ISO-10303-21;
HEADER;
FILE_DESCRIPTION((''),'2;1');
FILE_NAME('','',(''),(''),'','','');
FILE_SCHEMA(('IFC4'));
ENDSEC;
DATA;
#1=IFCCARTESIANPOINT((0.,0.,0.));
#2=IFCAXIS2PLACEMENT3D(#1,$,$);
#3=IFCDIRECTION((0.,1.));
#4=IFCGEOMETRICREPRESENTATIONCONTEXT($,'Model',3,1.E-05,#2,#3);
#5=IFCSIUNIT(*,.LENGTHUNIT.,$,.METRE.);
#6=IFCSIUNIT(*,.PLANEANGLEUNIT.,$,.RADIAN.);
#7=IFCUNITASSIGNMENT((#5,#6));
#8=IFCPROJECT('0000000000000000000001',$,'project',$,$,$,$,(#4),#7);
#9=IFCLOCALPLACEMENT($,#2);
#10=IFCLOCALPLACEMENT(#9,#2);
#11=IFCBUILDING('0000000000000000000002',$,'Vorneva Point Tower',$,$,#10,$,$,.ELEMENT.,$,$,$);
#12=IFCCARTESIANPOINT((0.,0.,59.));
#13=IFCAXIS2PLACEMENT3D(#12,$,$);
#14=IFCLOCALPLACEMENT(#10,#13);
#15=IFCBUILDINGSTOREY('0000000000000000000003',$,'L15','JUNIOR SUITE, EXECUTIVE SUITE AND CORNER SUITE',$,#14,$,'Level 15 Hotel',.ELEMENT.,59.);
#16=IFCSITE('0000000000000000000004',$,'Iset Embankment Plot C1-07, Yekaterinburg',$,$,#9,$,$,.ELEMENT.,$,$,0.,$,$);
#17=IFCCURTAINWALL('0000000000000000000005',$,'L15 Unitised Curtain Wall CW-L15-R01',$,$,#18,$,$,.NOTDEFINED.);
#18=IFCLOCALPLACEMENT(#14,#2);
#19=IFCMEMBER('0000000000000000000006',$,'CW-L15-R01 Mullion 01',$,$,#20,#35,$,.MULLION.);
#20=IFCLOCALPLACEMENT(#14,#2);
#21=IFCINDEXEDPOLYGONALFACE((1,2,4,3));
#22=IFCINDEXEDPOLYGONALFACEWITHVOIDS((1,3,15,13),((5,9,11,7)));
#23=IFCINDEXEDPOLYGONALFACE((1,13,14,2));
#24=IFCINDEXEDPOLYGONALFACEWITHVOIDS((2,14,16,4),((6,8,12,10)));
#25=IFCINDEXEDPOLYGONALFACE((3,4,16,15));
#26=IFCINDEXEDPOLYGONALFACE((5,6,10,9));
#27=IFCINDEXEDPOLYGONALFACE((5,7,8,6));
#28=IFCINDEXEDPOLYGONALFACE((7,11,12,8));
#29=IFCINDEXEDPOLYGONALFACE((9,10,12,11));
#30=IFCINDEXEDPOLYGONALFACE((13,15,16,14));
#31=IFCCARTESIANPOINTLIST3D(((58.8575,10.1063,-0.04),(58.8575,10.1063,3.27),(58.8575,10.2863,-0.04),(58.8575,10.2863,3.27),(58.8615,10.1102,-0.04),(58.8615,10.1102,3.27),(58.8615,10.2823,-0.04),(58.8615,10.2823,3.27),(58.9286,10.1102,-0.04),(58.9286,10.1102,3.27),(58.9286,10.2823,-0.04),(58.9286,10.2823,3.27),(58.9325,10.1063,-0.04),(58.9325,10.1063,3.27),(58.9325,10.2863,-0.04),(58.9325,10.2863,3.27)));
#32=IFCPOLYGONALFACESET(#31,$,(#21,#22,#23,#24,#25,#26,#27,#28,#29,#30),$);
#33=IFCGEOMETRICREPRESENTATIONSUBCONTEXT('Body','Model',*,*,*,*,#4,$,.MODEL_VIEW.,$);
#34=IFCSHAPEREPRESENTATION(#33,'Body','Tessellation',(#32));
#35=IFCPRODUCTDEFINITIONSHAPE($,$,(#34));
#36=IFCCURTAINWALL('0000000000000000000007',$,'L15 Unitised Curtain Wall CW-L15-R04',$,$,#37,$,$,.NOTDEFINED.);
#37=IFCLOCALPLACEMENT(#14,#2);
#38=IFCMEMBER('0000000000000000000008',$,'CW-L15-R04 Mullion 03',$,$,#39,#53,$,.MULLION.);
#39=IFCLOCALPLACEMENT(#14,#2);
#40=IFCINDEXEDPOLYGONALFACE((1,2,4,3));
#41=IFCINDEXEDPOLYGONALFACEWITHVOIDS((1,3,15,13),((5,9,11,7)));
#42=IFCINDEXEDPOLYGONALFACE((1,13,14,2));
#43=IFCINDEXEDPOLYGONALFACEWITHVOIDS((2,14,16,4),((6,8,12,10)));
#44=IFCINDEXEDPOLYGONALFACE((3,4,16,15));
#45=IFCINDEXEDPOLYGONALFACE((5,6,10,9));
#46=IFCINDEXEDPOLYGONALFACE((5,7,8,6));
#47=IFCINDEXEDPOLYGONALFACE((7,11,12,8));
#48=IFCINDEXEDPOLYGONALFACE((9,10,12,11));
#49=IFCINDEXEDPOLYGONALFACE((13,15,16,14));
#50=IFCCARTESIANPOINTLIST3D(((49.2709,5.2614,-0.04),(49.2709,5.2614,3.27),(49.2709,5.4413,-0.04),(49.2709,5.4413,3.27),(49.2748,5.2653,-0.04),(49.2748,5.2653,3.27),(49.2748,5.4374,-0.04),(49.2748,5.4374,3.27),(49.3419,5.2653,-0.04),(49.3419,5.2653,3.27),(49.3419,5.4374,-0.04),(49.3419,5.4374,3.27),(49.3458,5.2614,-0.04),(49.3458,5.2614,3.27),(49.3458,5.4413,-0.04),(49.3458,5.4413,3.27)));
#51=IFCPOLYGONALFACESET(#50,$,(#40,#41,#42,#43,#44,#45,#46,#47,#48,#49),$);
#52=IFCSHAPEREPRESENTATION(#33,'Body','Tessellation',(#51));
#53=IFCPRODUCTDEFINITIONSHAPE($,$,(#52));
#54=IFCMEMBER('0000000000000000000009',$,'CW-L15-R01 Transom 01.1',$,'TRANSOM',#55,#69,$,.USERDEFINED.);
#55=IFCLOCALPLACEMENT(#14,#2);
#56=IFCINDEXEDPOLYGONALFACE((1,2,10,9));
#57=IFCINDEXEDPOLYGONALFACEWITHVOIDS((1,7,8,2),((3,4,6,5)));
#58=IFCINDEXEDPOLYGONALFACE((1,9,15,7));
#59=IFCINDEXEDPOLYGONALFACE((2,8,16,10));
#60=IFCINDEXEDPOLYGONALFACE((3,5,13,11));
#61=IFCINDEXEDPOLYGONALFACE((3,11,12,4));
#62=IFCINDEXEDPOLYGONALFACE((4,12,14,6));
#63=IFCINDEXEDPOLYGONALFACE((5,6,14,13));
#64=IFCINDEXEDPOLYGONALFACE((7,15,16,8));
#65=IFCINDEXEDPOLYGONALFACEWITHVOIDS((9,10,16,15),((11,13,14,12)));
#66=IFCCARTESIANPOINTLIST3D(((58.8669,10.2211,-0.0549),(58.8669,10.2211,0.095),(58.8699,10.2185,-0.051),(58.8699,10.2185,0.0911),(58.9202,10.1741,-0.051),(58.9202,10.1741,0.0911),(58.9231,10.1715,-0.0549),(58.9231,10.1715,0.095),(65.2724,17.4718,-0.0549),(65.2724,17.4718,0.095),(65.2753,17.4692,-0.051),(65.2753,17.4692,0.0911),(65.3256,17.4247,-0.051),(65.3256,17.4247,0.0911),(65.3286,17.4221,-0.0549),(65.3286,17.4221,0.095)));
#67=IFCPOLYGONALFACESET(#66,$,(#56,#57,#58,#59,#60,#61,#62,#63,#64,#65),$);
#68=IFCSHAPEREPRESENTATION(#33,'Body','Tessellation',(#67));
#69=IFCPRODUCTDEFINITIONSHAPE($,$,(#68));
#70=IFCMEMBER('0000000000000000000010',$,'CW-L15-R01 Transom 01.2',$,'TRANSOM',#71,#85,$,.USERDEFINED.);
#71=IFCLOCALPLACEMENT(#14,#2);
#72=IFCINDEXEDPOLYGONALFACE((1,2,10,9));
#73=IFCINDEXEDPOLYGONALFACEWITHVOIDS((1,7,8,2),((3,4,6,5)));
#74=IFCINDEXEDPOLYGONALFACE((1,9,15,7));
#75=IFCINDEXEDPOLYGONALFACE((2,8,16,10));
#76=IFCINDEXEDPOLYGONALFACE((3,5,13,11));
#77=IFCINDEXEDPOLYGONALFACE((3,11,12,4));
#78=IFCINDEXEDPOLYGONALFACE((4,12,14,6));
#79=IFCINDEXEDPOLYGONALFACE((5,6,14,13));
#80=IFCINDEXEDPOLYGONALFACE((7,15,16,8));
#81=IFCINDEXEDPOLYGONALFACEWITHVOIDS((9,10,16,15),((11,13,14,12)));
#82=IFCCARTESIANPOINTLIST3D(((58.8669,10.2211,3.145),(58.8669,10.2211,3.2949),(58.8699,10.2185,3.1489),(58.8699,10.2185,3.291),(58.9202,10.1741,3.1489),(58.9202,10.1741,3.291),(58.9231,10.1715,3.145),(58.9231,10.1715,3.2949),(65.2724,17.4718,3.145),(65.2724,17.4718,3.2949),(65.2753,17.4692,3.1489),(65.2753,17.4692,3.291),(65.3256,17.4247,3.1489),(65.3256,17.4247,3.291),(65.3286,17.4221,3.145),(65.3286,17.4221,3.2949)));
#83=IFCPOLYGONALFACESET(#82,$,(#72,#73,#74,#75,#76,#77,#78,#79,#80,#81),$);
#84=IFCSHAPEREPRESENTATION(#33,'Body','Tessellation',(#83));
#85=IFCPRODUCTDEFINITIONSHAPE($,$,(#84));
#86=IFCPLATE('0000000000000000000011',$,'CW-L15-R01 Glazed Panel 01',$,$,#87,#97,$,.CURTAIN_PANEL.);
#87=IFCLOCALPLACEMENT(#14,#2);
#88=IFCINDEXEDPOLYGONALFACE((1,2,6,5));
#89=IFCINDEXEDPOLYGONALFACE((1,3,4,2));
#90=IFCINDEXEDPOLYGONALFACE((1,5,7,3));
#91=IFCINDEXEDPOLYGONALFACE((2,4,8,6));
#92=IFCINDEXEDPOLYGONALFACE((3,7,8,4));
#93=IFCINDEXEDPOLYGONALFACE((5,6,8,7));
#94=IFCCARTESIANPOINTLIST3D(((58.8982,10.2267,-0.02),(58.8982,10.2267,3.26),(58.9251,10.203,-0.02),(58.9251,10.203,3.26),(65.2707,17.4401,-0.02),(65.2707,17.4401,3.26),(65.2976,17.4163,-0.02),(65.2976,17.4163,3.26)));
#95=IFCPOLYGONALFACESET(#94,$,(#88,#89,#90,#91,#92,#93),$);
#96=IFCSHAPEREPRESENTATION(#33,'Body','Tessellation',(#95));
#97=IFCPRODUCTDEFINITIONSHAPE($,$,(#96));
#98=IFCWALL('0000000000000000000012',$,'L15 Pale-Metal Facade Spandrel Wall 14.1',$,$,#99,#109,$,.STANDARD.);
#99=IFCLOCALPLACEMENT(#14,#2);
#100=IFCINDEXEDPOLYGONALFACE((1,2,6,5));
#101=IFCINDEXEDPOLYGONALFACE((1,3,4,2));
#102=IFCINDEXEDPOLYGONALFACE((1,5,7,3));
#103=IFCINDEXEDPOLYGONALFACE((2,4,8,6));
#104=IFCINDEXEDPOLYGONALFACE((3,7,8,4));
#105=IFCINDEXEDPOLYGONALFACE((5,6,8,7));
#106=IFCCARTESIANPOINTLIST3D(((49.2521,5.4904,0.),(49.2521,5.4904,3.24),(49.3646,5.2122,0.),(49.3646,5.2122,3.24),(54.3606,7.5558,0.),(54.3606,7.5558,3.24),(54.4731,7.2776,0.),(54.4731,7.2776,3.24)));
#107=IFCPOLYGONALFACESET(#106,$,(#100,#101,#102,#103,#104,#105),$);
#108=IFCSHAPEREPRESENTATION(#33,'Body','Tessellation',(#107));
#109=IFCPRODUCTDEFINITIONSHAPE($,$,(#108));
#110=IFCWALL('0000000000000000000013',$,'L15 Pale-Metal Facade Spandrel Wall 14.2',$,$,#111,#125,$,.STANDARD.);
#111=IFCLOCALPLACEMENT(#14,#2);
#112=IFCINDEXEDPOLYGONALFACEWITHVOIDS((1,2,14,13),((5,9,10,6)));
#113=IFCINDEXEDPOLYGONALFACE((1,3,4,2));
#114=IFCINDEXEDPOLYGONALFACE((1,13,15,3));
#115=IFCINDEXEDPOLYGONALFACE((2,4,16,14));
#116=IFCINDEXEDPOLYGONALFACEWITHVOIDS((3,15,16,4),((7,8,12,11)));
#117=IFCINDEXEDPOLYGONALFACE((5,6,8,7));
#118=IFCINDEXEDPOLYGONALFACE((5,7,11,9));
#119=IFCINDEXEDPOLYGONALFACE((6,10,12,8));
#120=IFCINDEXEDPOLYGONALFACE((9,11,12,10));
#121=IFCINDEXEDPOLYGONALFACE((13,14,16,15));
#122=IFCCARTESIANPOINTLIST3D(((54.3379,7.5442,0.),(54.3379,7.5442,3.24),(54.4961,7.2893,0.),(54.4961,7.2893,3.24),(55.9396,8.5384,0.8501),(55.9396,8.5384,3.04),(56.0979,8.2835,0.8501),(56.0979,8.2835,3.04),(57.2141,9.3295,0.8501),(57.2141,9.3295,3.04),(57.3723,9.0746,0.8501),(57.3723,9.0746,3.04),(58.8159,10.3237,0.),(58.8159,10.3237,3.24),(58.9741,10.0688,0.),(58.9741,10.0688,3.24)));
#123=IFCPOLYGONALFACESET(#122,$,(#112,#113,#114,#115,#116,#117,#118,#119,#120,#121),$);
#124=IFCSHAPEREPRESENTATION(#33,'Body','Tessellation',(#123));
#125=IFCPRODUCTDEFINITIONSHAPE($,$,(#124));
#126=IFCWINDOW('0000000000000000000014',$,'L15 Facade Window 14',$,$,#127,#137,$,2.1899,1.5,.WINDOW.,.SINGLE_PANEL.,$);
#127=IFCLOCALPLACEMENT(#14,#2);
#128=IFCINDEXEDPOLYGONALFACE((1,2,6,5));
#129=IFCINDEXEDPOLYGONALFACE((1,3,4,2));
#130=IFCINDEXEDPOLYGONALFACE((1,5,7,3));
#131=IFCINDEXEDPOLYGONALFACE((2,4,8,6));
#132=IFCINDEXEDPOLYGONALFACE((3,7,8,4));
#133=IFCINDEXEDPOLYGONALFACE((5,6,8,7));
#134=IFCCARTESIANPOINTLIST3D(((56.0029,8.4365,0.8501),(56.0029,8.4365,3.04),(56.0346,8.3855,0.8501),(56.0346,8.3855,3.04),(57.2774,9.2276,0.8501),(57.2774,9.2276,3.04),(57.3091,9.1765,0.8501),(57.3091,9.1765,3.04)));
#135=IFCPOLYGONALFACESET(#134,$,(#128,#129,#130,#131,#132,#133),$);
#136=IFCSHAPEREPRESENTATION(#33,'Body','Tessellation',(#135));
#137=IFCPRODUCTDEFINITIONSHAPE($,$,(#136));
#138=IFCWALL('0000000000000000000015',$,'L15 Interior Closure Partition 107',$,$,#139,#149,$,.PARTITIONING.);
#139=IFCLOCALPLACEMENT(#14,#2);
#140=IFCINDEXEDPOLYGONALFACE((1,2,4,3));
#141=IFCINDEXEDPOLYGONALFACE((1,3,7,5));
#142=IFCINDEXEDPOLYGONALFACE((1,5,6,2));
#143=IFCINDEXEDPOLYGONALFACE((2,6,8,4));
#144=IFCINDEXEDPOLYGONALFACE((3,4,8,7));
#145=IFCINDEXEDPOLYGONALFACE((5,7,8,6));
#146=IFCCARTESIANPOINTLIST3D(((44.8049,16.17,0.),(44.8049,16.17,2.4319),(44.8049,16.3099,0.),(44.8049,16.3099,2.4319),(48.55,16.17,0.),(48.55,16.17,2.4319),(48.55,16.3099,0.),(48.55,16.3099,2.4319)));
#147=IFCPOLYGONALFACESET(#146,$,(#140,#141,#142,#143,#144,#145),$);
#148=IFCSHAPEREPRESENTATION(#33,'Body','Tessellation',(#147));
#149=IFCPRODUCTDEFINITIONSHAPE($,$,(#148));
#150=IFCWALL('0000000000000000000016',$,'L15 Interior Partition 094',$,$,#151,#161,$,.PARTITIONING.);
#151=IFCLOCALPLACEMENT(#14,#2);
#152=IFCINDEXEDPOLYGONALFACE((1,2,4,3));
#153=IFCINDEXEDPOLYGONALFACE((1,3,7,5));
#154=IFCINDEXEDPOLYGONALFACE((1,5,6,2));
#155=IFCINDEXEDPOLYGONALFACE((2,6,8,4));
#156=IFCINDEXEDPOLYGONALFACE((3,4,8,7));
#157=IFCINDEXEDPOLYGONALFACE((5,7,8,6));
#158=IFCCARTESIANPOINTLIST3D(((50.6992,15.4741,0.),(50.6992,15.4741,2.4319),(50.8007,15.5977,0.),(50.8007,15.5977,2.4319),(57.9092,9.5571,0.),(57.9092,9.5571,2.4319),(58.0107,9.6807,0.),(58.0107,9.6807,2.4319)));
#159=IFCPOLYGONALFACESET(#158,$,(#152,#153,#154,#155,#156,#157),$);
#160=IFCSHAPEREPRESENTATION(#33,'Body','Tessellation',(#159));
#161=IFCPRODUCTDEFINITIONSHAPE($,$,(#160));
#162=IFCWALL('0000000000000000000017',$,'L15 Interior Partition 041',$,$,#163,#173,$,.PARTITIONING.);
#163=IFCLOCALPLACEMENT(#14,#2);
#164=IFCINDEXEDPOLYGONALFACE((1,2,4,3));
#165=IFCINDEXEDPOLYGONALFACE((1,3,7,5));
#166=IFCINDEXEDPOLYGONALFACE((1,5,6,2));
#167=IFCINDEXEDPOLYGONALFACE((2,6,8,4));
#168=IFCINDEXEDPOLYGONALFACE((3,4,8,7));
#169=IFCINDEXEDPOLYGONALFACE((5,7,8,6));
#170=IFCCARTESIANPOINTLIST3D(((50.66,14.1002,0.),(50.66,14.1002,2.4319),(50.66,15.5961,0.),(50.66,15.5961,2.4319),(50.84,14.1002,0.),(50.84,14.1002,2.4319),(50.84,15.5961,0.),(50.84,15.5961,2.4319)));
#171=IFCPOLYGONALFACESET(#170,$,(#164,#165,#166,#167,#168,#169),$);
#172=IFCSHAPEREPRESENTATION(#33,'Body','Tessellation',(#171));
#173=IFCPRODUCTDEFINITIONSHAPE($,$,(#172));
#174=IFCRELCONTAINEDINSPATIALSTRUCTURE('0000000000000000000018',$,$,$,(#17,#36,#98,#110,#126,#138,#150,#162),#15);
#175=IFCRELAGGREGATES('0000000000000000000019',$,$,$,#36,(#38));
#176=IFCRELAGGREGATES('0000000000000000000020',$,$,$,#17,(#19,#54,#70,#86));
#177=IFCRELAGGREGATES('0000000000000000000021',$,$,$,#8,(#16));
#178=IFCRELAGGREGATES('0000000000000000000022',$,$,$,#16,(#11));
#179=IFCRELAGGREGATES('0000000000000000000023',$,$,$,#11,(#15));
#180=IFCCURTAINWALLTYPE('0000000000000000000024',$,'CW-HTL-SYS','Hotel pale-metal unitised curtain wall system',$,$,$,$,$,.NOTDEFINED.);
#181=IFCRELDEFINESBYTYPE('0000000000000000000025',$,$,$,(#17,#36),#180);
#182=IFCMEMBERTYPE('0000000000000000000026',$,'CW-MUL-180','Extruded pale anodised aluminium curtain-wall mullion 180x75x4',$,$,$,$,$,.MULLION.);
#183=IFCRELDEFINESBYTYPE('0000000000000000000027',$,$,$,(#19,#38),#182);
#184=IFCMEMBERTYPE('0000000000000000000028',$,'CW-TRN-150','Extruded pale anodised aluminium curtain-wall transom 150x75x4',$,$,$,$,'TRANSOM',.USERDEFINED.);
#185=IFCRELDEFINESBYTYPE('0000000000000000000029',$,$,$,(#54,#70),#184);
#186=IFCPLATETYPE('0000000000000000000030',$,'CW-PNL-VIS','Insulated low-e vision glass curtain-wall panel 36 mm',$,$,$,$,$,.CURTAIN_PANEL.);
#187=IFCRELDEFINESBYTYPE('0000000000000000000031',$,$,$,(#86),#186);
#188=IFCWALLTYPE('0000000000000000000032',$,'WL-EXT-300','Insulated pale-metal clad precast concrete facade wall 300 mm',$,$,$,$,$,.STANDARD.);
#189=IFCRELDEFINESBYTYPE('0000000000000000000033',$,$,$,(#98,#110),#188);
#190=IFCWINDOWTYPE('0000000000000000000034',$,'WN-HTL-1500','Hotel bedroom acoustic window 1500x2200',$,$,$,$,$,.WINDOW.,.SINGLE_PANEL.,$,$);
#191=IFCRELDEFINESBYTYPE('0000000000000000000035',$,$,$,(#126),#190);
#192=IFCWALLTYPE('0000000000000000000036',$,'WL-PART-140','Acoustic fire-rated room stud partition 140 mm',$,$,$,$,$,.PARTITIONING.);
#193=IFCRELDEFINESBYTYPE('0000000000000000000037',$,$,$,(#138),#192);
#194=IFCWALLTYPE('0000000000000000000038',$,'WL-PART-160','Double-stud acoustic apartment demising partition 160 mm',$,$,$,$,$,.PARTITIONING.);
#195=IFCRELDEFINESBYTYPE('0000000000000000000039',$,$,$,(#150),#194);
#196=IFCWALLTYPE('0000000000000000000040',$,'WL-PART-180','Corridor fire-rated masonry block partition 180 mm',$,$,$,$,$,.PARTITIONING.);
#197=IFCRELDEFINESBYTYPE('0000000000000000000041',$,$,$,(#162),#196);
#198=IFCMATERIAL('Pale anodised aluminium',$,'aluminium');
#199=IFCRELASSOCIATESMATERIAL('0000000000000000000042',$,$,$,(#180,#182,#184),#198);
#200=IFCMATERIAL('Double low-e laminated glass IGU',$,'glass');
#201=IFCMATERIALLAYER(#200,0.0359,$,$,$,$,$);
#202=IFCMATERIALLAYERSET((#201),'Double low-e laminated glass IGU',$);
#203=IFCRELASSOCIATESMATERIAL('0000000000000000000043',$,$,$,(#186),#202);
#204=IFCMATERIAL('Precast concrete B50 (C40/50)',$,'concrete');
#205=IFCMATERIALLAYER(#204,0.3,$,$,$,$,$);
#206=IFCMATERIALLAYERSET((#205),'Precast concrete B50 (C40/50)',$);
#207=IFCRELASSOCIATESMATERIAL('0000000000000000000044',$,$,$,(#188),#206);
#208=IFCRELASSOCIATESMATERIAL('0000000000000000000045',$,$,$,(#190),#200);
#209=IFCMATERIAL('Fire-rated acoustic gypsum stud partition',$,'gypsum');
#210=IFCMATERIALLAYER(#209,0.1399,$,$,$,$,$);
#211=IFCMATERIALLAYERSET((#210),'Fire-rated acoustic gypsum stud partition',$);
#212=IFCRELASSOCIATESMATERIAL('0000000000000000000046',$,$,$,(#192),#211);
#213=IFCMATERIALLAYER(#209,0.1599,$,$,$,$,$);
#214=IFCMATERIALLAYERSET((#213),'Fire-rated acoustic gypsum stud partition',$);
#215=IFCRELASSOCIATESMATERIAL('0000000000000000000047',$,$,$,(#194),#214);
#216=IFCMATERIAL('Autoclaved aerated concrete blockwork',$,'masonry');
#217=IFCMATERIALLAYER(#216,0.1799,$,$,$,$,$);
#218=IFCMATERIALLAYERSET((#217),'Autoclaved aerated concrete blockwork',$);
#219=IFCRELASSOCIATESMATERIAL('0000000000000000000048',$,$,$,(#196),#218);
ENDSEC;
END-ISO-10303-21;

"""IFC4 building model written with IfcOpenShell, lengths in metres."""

from ifc_helpers import new_model, si_unit, direction, frame, frame_2d, origin, origin_2d, place, context, subcontext, project, spatial, rectangle, hollow_rectangle, extrude, material, layer, layer_set, material_profile, profile_set, type_object, element, fill, aggregate, save


model = new_model("IFC4")

# Units and contexts
model_context = context("Model", 3, precision=1e-05, world=origin(), true_north=direction((0.0, 1.0)))
body_context = subcontext(model_context, "Body", "Model", "MODEL_VIEW")
ifc_project = project(units=[si_unit("LENGTHUNIT", "METRE"), si_unit("PLANEANGLEUNIT", "RADIAN")], contexts=[model_context])

# Site, building, storey
site_placement = place(None, origin())
site = spatial("IfcSite", under=ifc_project, at=site_placement, Name="Iset Embankment Plot C1-07, Yekaterinburg", CompositionType="ELEMENT", RefElevation=0.0)
building_placement = place(site_placement, origin())
building = spatial("IfcBuilding", under=site, at=building_placement, Name="Vorneva Point Tower", CompositionType="ELEMENT")
storey_placement = place(building_placement, frame((0.0, 0.0, 59.0)))
storey = spatial("IfcBuildingStorey", under=building, at=storey_placement, Name="L15", Description="JUNIOR SUITE, EXECUTIVE SUITE AND CORNER SUITE", LongName="Level 15 Hotel", CompositionType="ELEMENT", Elevation=59.0)

# Curtain walls, members
ifc_material_1 = material(Name="Pale anodised aluminium", Category="aluminium")
curtain_wall_type = type_object("IfcCurtainWallType", Name="CW-HTL-SYS", Description="Hotel pale-metal unitised curtain wall system", PredefinedType="NOTDEFINED", material=ifc_material_1)
curtain_wall_1_placement = place(storey_placement, origin())
curtain_wall_1 = element("IfcCurtainWall", 1, at=curtain_wall_1_placement, inside=storey, type_object=curtain_wall_type, Name="L15 Unitised Curtain Wall CW-L15-R01", PredefinedType="NOTDEFINED")
ifc_material_profile_1 = material_profile(ifc_material_1, hollow_rectangle(XDim=0.075, YDim=0.1799, WallThickness=0.0039, at=origin_2d()), Name="AL-MUL 180x75x4")
ifc_profile_set_1 = profile_set([ifc_material_profile_1], Name="Pale anodised aluminium")
member_type_1 = type_object("IfcMemberType", Name="CW-MUL-180", Description="Extruded pale anodised aluminium curtain-wall mullion 180x75x4", PredefinedType="MULLION", material=ifc_profile_set_1)
member_1_placement = place(storey_placement, frame((58.895, 10.1963, -0.04), z_axis=(0.0, 0.0, 1.0), x_axis=(1.0, 0.0, 0.0)))
member_1 = element("IfcMember", 2, at=member_1_placement, type_object=member_type_1, Name="CW-L15-R01 Mullion 01", PredefinedType="MULLION", context=body_context, shape_type="SweptSolid", body=[
    extrude(hollow_rectangle(XDim=0.075, YDim=0.1799, WallThickness=0.0039, at=origin_2d()), origin(), (0.0, 0.0, 1.0), 3.3101),
])
curtain_wall_2_placement = place(storey_placement, origin())
curtain_wall_2 = element("IfcCurtainWall", 3, at=curtain_wall_2_placement, inside=storey, type_object=curtain_wall_type, Name="L15 Unitised Curtain Wall CW-L15-R04", PredefinedType="NOTDEFINED")
member_2_placement = place(storey_placement, frame((49.3083, 5.3513, -0.04), z_axis=(0.0, 0.0, 1.0), x_axis=(1.0, 0.0, 0.0)))
member_2 = element("IfcMember", 4, at=member_2_placement, type_object=member_type_1, Name="CW-L15-R04 Mullion 03", PredefinedType="MULLION", context=body_context, shape_type="SweptSolid", body=[
    extrude(hollow_rectangle(XDim=0.075, YDim=0.1799, WallThickness=0.0039, at=origin_2d()), origin(), (0.0, 0.0, 1.0), 3.3101),
])
aggregate(curtain_wall_2, [member_2])

# Members
ifc_material_profile_2 = material_profile(ifc_material_1, hollow_rectangle(XDim=0.075, YDim=0.1499, WallThickness=0.0039, at=origin_2d()), Name="AL-TRN 150x75x4")
ifc_profile_set_2 = profile_set([ifc_material_profile_2], Name="Pale anodised aluminium")
member_type_2 = type_object("IfcMemberType", Name="CW-TRN-150", Description="Extruded pale anodised aluminium curtain-wall transom 150x75x4", ElementType="TRANSOM", PredefinedType="USERDEFINED", material=ifc_profile_set_2)
member_3_placement = place(storey_placement, frame((58.895, 10.1963, 0.02), z_axis=(0.662076, 0.749437, 0.0), x_axis=(-0.749437, 0.662076, 0.0)))
member_3 = element("IfcMember", 5, at=member_3_placement, type_object=member_type_2, Name="CW-L15-R01 Transom 01.1", ObjectType="TRANSOM", PredefinedType="USERDEFINED", context=body_context, shape_type="SweptSolid", body=[
    extrude(hollow_rectangle(XDim=0.075, YDim=0.1499, WallThickness=0.0039, at=origin_2d()), origin(), (0.0, 0.0, 1.0), 9.6748),
])
member_4_placement = place(storey_placement, frame((58.895, 10.1963, 3.22), z_axis=(0.662076, 0.749437, 0.0), x_axis=(-0.749437, 0.662076, 0.0)))
member_4 = element("IfcMember", 6, at=member_4_placement, type_object=member_type_2, Name="CW-L15-R01 Transom 01.2", ObjectType="TRANSOM", PredefinedType="USERDEFINED", context=body_context, shape_type="SweptSolid", body=[
    extrude(hollow_rectangle(XDim=0.075, YDim=0.1499, WallThickness=0.0039, at=origin_2d()), origin(), (0.0, 0.0, 1.0), 9.6748),
])

# Plate
ifc_material_2 = material(Name="Double low-e laminated glass IGU", Category="glass")
ifc_layer_1 = layer(ifc_material_2, 0.0359)
ifc_layer_set_1 = layer_set([ifc_layer_1], Name="Double low-e laminated glass IGU")
plate_type = type_object("IfcPlateType", Name="CW-PNL-VIS", Description="Insulated low-e vision glass curtain-wall panel 36 mm", PredefinedType="CURTAIN_PANEL", material=ifc_layer_set_1)
plate_placement = place(storey_placement, frame((62.0979, 13.8215, -0.02), z_axis=(0.0, 0.0, 1.0), x_axis=(0.662071, 0.749441, 0.0)))
plate = element("IfcPlate", 7, at=plate_placement, type_object=plate_type, Name="CW-L15-R01 Glazed Panel 01", PredefinedType="CURTAIN_PANEL", context=body_context, shape_type="SweptSolid", body=[
    extrude(rectangle(XDim=9.625, YDim=0.0359, at=origin_2d()), origin(), (0.0, 0.0, 1.0), 3.28),
])
aggregate(curtain_wall_1, [member_1, member_3, member_4, plate])

# Wall
ifc_material_3 = material(Name="Precast concrete B50 (C40/50)", Category="concrete")
ifc_layer_2 = layer(ifc_material_3, 0.3)
ifc_layer_set_2 = layer_set([ifc_layer_2], Name="Precast concrete B50 (C40/50)")
wall_type_1 = type_object("IfcWallType", Name="WL-EXT-300", Description="Insulated pale-metal clad precast concrete facade wall 300 mm", PredefinedType="STANDARD", material=ifc_layer_set_2)
wall_1_placement = place(storey_placement, frame((49.3083, 5.3513, 0.0), z_axis=(0.0, 0.0, 1.0), x_axis=(0.927095, 0.374826, 0.0)))
element("IfcWall", 8, at=wall_1_placement, inside=storey, type_object=wall_type_1, Name="L15 Pale-Metal Facade Spandrel Wall 14.1", PredefinedType="STANDARD", context=body_context, shape_type="SweptSolid", body=[
    extrude(rectangle(XDim=5.5103, YDim=0.3, at=frame_2d((2.7551, 0.0))), origin(), (0.0, 0.0, 1.0), 3.24),
])

# Wall, opening, window
wall_2_placement = place(storey_placement, frame((54.417, 7.4167, 0.0), z_axis=(0.0, 0.0, 1.0), x_axis=(0.849634, 0.527373, 0.0)))
wall_2 = element("IfcWall", 9, at=wall_2_placement, inside=storey, type_object=wall_type_1, Name="L15 Pale-Metal Facade Spandrel Wall 14.2", PredefinedType="STANDARD", context=body_context, shape_type="SweptSolid", body=[
    extrude(rectangle(XDim=5.2705, YDim=0.3, at=frame_2d((2.6353, 0.0))), origin(), (0.0, 0.0, 1.0), 3.24),
])
opening_1_placement = place(wall_2_placement, frame((1.8853, 0.0, 0.8501)))
opening_1 = element("IfcOpeningElement", 10, at=opening_1_placement, cuts=wall_2, PredefinedType="OPENING", context=body_context, shape_type="SweptSolid", body=[
    extrude(rectangle(XDim=1.5, YDim=2.1899, at=frame_2d((0.75, 1.095))), frame((0.0, 0.165, 0.0), z_axis=(0.0, -1.0, 0.0), x_axis=(1.0, 0.0, 0.0)), (0.0, 0.0, 1.0), 0.3298),
])
window_type = type_object("IfcWindowType", Name="WN-HTL-1500", Description="Hotel bedroom acoustic window 1500x2200", PartitioningType="SINGLE_PANEL", PredefinedType="WINDOW", material=ifc_material_2)
window_placement = place(opening_1_placement, origin())
window = element("IfcWindow", 11, at=window_placement, inside=storey, type_object=window_type, Name="L15 Facade Window 14", OverallHeight=2.1899, OverallWidth=1.5, PartitioningType="SINGLE_PANEL", PredefinedType="WINDOW", context=body_context, shape_type="SweptSolid", body=[
    extrude(rectangle(XDim=1.5, YDim=2.1899, at=frame_2d((0.75, 1.095))), frame((0.0, 0.03, 0.0), z_axis=(0.0, -1.0, 0.0), x_axis=(1.0, 0.0, 0.0)), (0.0, 0.0, 1.0), 0.0601),
])
fill(opening_1, window)

# Walls
ifc_material_4 = material(Name="Fire-rated acoustic gypsum stud partition", Category="gypsum")
ifc_layer_3 = layer(ifc_material_4, 0.1399)
ifc_layer_set_3 = layer_set([ifc_layer_3], Name="Fire-rated acoustic gypsum stud partition")
wall_type_2 = type_object("IfcWallType", Name="WL-PART-140", Description="Acoustic fire-rated room stud partition 140 mm", PredefinedType="PARTITIONING", material=ifc_layer_set_3)
wall_3_placement = place(storey_placement, frame((48.55, 16.24, 0.0), z_axis=(0.0, 0.0, 1.0), x_axis=(-1.0, 0.0, 0.0)))
element("IfcWall", 12, at=wall_3_placement, inside=storey, type_object=wall_type_2, Name="L15 Interior Closure Partition 107", PredefinedType="PARTITIONING", context=body_context, shape_type="SweptSolid", body=[
    extrude(rectangle(XDim=3.7451, YDim=0.1399, at=frame_2d((1.8726, 0.0))), origin(), (0.0, 0.0, 1.0), 2.4319),
])
ifc_layer_4 = layer(ifc_material_4, 0.1599)
ifc_layer_set_4 = layer_set([ifc_layer_4], Name="Fire-rated acoustic gypsum stud partition")
wall_type_3 = type_object("IfcWallType", Name="WL-PART-160", Description="Double-stud acoustic apartment demising partition 160 mm", PredefinedType="PARTITIONING", material=ifc_layer_set_4)
wall_4_placement = place(storey_placement, frame((57.96, 9.6189, 0.0), z_axis=(0.0, 0.0, 1.0), x_axis=(-0.773014, 0.634389, 0.0)))
element("IfcWall", 13, at=wall_4_placement, inside=storey, type_object=wall_type_3, Name="L15 Interior Partition 094", PredefinedType="PARTITIONING", context=body_context, shape_type="SweptSolid", body=[
    extrude(rectangle(XDim=9.3271, YDim=0.1599, at=frame_2d((4.6636, 0.0))), origin(), (0.0, 0.0, 1.0), 2.4319),
])
ifc_material_5 = material(Name="Autoclaved aerated concrete blockwork", Category="masonry")
ifc_layer_5 = layer(ifc_material_5, 0.1799)
ifc_layer_set_5 = layer_set([ifc_layer_5], Name="Autoclaved aerated concrete blockwork")
wall_type_4 = type_object("IfcWallType", Name="WL-PART-180", Description="Corridor fire-rated masonry block partition 180 mm", PredefinedType="PARTITIONING", material=ifc_layer_set_5)
wall_5_placement = place(storey_placement, frame((50.75, 14.1001, 0.0), z_axis=(0.0, 0.0, 1.0), x_axis=(0.0, 1.0, 0.0)))
element("IfcWall", 14, at=wall_5_placement, inside=storey, type_object=wall_type_4, Name="L15 Interior Partition 041", PredefinedType="PARTITIONING", context=body_context, shape_type="SweptSolid", body=[
    extrude(rectangle(XDim=1.4958, YDim=0.1799, at=frame_2d((0.748, 0.0))), origin(), (0.0, 0.0, 1.0), 2.4319),
])

save(model, "model.ifc")
